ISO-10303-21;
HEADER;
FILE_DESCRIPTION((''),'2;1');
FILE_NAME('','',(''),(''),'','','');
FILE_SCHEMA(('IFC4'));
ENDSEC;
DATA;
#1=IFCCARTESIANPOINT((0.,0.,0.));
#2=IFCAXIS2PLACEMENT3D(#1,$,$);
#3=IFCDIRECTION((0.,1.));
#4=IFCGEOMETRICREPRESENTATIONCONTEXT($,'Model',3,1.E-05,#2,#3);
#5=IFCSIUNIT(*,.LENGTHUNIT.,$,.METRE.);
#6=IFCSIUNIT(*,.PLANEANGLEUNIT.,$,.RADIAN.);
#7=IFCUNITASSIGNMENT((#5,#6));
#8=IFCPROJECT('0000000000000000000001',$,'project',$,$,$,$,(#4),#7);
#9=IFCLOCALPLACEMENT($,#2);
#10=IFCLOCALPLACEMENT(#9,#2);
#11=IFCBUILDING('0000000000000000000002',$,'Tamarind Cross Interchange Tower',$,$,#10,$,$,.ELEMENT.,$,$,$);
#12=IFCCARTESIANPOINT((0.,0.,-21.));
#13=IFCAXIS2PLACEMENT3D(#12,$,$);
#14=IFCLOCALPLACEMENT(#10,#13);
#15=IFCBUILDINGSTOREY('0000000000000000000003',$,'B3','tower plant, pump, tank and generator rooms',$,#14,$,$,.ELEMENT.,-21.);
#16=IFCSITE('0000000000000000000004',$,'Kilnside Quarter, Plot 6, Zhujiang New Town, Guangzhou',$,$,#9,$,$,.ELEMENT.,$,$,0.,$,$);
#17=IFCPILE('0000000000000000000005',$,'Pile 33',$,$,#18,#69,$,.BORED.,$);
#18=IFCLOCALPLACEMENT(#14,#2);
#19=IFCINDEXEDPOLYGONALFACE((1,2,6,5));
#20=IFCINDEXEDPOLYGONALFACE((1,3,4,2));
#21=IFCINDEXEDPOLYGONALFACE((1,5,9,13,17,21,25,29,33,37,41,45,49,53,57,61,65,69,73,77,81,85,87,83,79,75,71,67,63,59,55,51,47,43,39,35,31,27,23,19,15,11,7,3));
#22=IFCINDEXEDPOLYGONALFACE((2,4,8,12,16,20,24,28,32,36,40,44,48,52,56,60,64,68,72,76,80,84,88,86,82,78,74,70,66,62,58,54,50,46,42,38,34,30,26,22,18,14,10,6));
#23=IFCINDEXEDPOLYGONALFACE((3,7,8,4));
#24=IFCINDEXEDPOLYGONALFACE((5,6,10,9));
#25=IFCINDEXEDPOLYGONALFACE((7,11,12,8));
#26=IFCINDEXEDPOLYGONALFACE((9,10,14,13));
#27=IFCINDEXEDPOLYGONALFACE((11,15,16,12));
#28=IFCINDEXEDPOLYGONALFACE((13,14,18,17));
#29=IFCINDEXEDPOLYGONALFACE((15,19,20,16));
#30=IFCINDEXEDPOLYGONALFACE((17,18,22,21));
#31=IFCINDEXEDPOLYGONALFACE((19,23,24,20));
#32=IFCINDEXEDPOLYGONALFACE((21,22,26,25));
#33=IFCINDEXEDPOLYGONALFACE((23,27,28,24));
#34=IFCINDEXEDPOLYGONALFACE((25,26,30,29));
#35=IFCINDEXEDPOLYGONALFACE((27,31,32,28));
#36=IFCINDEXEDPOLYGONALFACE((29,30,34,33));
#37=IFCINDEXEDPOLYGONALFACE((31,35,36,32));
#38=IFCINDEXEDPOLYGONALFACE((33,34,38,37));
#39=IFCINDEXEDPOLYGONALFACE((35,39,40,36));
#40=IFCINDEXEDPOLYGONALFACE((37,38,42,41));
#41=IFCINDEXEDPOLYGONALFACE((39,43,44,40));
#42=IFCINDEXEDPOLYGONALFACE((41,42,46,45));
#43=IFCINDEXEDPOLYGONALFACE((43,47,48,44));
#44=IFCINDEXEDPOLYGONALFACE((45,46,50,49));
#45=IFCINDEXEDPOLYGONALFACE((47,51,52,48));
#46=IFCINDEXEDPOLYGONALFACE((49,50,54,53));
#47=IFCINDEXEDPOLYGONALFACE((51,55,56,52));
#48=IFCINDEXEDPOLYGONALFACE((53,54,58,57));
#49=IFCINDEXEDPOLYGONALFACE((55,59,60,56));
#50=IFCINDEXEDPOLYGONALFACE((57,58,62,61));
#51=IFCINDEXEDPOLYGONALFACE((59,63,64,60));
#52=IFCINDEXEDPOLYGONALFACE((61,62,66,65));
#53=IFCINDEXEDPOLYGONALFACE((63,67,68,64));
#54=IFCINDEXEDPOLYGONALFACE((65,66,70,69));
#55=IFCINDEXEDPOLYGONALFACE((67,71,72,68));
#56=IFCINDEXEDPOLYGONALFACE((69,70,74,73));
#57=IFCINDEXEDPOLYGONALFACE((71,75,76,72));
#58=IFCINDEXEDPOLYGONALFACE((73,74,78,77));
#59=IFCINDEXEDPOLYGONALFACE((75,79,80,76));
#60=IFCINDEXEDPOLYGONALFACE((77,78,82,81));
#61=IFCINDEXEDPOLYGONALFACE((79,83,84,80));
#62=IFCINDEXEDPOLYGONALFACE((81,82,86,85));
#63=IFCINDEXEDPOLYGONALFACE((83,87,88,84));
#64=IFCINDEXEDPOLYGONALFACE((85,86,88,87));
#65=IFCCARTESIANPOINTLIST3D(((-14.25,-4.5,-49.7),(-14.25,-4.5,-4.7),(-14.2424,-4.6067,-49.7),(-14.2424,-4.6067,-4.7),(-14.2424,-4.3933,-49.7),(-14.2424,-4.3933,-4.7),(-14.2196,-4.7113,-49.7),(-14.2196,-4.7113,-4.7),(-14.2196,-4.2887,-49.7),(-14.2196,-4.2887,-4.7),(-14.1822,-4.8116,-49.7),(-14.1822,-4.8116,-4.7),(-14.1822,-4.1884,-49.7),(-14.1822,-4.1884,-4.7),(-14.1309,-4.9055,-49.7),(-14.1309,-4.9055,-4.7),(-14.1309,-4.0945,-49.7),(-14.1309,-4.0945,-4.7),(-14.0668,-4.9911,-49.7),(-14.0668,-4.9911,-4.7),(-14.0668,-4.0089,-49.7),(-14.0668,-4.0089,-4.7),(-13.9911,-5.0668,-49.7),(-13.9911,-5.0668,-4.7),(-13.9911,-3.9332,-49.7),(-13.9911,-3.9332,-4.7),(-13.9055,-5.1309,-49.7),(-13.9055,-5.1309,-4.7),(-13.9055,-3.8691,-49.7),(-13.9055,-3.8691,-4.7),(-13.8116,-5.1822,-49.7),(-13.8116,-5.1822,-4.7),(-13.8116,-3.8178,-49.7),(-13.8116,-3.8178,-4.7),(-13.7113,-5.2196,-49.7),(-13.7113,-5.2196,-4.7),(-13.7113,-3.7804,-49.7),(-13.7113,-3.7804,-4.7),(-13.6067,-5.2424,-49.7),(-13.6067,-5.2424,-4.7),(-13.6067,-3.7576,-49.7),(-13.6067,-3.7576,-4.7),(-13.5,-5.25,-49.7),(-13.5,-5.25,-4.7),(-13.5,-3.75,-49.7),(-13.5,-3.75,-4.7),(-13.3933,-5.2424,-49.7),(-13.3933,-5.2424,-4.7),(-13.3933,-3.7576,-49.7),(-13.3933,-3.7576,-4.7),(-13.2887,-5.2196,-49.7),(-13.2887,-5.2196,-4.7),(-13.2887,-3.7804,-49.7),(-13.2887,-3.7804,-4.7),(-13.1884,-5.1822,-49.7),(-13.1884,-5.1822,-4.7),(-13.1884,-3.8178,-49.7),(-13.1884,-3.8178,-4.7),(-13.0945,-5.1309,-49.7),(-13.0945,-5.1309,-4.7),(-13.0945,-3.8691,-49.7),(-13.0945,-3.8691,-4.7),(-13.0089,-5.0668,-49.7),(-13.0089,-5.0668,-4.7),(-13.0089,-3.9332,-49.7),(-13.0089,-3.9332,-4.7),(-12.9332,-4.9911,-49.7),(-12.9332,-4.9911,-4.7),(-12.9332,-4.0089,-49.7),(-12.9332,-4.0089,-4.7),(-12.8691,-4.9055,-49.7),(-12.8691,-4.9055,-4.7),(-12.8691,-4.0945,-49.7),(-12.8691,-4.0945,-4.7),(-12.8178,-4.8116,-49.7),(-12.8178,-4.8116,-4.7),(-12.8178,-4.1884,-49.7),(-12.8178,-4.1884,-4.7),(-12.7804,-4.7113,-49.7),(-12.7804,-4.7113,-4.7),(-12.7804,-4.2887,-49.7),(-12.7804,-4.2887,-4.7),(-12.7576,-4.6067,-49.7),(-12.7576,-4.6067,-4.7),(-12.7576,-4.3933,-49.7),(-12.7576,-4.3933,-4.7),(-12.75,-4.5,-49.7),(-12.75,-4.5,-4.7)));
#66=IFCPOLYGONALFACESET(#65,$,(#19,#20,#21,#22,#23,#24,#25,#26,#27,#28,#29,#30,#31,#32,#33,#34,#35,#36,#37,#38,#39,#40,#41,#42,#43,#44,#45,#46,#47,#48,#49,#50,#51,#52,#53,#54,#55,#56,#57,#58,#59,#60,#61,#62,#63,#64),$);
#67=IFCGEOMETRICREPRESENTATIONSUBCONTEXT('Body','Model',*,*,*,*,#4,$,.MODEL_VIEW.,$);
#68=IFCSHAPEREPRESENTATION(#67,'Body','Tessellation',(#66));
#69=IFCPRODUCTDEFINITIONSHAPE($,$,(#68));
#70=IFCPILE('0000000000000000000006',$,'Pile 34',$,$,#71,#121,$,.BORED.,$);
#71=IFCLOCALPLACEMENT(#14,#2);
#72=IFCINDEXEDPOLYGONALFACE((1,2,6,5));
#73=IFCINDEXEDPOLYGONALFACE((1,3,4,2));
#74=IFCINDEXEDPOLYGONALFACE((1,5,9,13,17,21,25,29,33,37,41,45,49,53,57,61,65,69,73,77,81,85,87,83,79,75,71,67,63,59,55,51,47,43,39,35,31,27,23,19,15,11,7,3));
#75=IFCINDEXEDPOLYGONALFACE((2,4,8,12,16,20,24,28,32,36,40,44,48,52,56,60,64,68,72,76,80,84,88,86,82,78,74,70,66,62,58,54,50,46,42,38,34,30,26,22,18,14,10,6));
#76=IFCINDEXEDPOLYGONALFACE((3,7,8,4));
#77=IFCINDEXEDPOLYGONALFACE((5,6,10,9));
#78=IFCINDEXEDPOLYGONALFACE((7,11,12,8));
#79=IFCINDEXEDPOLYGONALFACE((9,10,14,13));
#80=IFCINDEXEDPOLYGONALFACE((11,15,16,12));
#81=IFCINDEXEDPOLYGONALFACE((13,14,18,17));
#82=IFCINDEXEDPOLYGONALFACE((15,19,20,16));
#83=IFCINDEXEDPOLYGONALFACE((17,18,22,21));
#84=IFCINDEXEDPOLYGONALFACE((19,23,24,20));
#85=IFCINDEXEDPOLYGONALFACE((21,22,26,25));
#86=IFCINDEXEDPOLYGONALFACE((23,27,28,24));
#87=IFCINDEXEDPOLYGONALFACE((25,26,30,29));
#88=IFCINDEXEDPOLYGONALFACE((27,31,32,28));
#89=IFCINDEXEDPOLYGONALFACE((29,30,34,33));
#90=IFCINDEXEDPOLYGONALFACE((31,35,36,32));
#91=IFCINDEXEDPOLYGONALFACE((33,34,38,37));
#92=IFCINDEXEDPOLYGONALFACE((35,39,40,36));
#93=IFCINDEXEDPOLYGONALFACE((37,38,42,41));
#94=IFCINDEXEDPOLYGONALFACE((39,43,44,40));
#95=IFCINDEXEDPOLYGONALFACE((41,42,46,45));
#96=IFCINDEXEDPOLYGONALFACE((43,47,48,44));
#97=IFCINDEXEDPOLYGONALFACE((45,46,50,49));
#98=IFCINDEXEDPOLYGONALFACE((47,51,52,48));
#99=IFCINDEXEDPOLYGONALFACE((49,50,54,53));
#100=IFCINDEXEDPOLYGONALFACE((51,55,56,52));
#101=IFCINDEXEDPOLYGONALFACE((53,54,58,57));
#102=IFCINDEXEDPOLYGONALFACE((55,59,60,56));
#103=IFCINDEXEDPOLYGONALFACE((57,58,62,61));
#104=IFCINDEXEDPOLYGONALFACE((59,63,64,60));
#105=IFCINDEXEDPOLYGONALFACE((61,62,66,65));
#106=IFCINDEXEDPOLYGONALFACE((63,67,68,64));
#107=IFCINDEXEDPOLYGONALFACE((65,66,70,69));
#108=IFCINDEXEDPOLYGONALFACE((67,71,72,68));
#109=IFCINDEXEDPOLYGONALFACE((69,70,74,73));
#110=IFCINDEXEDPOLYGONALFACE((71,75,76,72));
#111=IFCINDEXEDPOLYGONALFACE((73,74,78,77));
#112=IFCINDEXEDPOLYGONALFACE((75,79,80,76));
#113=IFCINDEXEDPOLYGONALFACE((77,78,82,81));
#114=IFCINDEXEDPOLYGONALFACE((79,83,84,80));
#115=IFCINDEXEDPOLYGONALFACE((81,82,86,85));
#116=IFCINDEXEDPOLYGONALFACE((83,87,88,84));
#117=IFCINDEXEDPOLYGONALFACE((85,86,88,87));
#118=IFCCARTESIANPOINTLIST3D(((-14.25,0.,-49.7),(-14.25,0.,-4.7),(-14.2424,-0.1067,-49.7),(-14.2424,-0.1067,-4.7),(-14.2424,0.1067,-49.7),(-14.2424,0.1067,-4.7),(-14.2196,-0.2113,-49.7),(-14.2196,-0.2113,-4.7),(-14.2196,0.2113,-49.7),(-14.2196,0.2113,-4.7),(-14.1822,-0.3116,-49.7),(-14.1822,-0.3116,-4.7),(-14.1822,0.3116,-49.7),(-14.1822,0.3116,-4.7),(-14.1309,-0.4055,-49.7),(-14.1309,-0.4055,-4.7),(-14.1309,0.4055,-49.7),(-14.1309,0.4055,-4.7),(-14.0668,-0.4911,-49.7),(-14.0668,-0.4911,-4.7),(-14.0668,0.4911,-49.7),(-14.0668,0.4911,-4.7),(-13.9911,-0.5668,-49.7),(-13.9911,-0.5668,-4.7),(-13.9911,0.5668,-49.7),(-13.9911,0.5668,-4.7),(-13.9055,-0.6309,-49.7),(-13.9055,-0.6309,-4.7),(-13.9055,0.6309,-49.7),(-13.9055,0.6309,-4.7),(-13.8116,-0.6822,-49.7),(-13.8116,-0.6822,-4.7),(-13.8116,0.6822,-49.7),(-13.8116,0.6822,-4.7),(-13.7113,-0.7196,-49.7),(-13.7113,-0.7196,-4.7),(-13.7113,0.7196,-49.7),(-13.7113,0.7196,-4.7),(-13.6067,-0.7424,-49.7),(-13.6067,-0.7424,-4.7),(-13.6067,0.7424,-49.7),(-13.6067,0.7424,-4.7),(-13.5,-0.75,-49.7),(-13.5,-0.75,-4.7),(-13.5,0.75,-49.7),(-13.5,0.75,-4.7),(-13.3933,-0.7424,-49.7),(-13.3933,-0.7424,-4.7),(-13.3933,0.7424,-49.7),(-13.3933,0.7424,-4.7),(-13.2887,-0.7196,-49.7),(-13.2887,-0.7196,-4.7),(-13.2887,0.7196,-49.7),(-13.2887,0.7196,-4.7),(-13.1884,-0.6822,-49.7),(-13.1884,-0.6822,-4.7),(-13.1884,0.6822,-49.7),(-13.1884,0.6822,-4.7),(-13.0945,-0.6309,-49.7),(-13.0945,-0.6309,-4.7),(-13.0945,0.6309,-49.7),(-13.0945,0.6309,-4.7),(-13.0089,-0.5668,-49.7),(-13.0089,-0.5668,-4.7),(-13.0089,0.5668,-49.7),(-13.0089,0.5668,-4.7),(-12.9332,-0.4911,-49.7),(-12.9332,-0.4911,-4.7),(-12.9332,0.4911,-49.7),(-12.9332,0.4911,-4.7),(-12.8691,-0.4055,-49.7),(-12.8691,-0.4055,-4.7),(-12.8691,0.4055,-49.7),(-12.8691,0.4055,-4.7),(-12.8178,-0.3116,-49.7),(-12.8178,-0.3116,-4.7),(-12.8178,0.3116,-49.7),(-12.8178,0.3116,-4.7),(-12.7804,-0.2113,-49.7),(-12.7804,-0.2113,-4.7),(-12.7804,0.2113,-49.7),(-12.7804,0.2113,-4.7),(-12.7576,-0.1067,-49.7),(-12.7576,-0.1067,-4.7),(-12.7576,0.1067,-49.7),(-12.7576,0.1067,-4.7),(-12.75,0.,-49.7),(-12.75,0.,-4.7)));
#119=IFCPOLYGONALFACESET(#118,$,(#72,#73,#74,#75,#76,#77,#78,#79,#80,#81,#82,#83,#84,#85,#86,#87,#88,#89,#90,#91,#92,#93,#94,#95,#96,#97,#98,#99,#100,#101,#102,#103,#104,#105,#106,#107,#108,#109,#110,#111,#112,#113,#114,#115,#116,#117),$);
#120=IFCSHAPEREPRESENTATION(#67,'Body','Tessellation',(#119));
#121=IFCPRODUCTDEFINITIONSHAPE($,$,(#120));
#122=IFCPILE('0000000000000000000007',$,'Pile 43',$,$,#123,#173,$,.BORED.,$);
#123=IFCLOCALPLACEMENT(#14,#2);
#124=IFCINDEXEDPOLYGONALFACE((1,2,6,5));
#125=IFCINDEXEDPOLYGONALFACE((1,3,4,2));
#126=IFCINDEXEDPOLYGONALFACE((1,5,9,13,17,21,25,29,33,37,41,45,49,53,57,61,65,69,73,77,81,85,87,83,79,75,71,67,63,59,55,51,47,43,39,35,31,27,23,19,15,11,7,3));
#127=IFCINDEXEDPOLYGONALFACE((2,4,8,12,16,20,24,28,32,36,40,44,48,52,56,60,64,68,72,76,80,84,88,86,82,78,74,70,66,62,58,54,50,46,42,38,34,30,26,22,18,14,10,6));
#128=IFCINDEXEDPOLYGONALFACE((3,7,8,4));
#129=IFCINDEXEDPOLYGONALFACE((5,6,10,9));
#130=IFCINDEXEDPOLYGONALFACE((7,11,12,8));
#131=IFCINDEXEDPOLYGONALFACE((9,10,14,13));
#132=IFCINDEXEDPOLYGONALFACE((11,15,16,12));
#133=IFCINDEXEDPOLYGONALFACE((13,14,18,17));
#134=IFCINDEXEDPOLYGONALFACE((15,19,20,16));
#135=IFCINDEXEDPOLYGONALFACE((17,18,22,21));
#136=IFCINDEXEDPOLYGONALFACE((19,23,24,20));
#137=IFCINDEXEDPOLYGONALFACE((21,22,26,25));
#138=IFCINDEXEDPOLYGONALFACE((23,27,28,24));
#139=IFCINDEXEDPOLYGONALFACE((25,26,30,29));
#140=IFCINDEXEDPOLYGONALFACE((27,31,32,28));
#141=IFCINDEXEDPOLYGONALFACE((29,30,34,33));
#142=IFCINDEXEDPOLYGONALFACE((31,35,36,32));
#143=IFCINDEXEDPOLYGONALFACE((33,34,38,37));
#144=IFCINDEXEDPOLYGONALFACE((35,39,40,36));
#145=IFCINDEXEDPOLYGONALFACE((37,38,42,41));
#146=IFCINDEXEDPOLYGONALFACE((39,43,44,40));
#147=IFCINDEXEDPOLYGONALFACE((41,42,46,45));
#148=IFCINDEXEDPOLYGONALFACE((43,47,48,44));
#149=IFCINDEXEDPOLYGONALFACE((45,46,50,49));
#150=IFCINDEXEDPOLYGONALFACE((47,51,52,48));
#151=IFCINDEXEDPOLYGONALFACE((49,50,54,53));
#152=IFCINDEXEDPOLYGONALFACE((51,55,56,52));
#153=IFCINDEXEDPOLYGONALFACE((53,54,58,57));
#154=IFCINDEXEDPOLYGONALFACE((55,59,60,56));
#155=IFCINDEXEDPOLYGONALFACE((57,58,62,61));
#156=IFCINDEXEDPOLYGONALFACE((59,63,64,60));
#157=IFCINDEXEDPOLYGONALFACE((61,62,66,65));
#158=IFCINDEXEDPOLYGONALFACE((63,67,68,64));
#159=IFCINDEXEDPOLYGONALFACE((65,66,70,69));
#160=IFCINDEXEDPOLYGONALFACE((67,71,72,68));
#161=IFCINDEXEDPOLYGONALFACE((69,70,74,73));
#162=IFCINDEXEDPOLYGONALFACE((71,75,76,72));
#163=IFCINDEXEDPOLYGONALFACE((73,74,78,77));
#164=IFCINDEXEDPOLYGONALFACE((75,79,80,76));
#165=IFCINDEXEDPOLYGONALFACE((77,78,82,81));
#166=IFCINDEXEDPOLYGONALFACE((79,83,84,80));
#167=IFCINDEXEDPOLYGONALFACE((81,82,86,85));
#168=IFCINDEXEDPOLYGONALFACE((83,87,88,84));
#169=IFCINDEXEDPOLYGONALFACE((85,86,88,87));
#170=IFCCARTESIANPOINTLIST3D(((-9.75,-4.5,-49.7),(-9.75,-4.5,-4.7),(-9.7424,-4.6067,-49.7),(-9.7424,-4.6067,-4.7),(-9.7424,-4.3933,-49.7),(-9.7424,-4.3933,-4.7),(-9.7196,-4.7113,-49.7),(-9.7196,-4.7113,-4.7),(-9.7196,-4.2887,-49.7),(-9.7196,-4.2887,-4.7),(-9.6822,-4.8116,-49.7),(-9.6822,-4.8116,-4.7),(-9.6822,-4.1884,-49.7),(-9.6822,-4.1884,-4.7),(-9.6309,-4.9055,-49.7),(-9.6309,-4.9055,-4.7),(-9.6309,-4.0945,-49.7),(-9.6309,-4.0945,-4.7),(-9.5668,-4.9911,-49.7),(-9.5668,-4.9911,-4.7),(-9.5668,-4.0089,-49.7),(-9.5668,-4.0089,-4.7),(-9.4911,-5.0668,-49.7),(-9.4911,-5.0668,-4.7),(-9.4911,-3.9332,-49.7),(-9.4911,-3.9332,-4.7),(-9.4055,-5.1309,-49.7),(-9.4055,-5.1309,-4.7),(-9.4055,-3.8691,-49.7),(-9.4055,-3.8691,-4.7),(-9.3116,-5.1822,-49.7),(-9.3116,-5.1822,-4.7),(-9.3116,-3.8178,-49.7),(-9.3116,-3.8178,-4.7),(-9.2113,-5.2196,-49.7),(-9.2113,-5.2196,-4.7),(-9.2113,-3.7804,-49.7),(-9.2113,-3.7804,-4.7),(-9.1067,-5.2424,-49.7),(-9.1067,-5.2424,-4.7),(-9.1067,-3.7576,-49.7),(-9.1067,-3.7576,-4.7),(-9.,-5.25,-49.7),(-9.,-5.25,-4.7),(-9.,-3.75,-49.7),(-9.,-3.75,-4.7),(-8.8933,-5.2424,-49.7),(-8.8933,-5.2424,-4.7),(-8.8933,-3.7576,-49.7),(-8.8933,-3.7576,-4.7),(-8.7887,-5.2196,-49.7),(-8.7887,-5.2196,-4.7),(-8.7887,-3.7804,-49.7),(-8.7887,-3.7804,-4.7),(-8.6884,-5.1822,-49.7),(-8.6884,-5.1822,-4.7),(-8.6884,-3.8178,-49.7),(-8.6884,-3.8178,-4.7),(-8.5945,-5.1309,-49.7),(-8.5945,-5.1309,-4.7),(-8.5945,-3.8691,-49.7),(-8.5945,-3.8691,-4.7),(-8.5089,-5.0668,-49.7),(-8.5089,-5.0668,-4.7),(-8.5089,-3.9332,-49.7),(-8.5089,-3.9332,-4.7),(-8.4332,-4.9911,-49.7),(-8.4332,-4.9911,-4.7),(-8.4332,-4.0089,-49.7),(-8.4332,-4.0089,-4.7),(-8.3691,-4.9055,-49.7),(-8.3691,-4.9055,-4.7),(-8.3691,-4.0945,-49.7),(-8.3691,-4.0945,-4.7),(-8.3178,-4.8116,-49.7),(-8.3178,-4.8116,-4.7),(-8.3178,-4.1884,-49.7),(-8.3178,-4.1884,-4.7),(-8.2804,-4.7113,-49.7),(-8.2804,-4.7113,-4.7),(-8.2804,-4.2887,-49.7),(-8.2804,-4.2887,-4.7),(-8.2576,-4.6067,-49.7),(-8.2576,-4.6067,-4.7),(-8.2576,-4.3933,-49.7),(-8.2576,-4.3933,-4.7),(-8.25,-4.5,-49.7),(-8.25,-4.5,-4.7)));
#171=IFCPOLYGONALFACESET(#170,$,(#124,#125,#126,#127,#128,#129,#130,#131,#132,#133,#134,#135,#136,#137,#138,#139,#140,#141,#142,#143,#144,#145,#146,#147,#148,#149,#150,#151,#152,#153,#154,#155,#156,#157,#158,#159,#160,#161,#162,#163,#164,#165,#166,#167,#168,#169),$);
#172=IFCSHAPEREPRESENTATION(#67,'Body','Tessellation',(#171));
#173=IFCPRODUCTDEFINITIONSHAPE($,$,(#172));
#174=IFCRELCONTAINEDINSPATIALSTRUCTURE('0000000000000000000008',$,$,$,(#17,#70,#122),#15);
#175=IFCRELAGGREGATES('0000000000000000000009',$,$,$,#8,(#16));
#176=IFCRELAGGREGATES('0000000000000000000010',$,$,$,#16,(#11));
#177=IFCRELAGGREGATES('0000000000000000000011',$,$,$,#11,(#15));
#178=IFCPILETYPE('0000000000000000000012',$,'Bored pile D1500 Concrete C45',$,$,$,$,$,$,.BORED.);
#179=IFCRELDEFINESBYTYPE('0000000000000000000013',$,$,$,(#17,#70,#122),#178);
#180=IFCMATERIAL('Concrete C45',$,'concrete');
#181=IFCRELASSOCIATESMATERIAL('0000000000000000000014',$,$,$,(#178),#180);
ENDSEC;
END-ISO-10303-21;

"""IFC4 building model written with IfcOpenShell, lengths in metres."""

from ifc_helpers import new_model, si_unit, direction, frame, origin, origin_2d, place, context, subcontext, project, spatial, circle, extrude, material, material_profile, profile_set, type_object, element, save


model = new_model("IFC4")

# Units and contexts
model_context = context("Model", 3, precision=1e-05, world=origin(), true_north=direction((0.0, 1.0)))
body_context = subcontext(model_context, "Body", "Model", "MODEL_VIEW")
ifc_project = project(units=[si_unit("LENGTHUNIT", "METRE"), si_unit("PLANEANGLEUNIT", "RADIAN")], contexts=[model_context])

# Site, building, storey
site_placement = place(None, origin())
site = spatial("IfcSite", under=ifc_project, at=site_placement, Name="Kilnside Quarter, Plot 6, Zhujiang New Town, Guangzhou", CompositionType="ELEMENT", RefElevation=0.0)
building_placement = place(site_placement, origin())
building = spatial("IfcBuilding", under=site, at=building_placement, Name="Tamarind Cross Interchange Tower", CompositionType="ELEMENT")
storey_placement = place(building_placement, frame((0.0, 0.0, -21.0)))
storey = spatial("IfcBuildingStorey", under=building, at=storey_placement, Name="B3", Description="tower plant, pump, tank and generator rooms", CompositionType="ELEMENT", Elevation=-21.0)

# Piles
ifc_material_1 = material(Name="Concrete C45", Category="concrete")
ifc_material_profile = material_profile(ifc_material_1, circle(Radius=0.75, at=origin_2d()), Name="RC D1500")
ifc_profile_set = profile_set([ifc_material_profile], Name="Concrete C45")
pile_type = type_object("IfcPileType", Name="Bored pile D1500 Concrete C45", PredefinedType="BORED", material=ifc_profile_set)
for number, where, z_axis, x_axis, name in (
    (1, (-13.5, -4.5, -4.7), (0.0, 0.0, -1.0), (1.0, 0.0, 0.0), "Pile 33"),
    (2, (-13.5, 0.0, -4.7), (0.0, 0.0, -1.0), (1.0, 0.0, 0.0), "Pile 34"),
    (3, (-9.0, -4.5, -4.7), (0.0, 0.0, -1.0), (1.0, 0.0, 0.0), "Pile 43"),
):
    element("IfcPile", number, at=place(storey_placement, frame(where, z_axis=z_axis, x_axis=x_axis)), inside=storey, type_object=pile_type, Name=name, PredefinedType="BORED", context=body_context, shape_type="SweptSolid", body=[
        extrude(circle(Radius=0.75, at=origin_2d()), origin(), (0.0, 0.0, 1.0), 45.0),
    ])

save(model, "model.ifc")
